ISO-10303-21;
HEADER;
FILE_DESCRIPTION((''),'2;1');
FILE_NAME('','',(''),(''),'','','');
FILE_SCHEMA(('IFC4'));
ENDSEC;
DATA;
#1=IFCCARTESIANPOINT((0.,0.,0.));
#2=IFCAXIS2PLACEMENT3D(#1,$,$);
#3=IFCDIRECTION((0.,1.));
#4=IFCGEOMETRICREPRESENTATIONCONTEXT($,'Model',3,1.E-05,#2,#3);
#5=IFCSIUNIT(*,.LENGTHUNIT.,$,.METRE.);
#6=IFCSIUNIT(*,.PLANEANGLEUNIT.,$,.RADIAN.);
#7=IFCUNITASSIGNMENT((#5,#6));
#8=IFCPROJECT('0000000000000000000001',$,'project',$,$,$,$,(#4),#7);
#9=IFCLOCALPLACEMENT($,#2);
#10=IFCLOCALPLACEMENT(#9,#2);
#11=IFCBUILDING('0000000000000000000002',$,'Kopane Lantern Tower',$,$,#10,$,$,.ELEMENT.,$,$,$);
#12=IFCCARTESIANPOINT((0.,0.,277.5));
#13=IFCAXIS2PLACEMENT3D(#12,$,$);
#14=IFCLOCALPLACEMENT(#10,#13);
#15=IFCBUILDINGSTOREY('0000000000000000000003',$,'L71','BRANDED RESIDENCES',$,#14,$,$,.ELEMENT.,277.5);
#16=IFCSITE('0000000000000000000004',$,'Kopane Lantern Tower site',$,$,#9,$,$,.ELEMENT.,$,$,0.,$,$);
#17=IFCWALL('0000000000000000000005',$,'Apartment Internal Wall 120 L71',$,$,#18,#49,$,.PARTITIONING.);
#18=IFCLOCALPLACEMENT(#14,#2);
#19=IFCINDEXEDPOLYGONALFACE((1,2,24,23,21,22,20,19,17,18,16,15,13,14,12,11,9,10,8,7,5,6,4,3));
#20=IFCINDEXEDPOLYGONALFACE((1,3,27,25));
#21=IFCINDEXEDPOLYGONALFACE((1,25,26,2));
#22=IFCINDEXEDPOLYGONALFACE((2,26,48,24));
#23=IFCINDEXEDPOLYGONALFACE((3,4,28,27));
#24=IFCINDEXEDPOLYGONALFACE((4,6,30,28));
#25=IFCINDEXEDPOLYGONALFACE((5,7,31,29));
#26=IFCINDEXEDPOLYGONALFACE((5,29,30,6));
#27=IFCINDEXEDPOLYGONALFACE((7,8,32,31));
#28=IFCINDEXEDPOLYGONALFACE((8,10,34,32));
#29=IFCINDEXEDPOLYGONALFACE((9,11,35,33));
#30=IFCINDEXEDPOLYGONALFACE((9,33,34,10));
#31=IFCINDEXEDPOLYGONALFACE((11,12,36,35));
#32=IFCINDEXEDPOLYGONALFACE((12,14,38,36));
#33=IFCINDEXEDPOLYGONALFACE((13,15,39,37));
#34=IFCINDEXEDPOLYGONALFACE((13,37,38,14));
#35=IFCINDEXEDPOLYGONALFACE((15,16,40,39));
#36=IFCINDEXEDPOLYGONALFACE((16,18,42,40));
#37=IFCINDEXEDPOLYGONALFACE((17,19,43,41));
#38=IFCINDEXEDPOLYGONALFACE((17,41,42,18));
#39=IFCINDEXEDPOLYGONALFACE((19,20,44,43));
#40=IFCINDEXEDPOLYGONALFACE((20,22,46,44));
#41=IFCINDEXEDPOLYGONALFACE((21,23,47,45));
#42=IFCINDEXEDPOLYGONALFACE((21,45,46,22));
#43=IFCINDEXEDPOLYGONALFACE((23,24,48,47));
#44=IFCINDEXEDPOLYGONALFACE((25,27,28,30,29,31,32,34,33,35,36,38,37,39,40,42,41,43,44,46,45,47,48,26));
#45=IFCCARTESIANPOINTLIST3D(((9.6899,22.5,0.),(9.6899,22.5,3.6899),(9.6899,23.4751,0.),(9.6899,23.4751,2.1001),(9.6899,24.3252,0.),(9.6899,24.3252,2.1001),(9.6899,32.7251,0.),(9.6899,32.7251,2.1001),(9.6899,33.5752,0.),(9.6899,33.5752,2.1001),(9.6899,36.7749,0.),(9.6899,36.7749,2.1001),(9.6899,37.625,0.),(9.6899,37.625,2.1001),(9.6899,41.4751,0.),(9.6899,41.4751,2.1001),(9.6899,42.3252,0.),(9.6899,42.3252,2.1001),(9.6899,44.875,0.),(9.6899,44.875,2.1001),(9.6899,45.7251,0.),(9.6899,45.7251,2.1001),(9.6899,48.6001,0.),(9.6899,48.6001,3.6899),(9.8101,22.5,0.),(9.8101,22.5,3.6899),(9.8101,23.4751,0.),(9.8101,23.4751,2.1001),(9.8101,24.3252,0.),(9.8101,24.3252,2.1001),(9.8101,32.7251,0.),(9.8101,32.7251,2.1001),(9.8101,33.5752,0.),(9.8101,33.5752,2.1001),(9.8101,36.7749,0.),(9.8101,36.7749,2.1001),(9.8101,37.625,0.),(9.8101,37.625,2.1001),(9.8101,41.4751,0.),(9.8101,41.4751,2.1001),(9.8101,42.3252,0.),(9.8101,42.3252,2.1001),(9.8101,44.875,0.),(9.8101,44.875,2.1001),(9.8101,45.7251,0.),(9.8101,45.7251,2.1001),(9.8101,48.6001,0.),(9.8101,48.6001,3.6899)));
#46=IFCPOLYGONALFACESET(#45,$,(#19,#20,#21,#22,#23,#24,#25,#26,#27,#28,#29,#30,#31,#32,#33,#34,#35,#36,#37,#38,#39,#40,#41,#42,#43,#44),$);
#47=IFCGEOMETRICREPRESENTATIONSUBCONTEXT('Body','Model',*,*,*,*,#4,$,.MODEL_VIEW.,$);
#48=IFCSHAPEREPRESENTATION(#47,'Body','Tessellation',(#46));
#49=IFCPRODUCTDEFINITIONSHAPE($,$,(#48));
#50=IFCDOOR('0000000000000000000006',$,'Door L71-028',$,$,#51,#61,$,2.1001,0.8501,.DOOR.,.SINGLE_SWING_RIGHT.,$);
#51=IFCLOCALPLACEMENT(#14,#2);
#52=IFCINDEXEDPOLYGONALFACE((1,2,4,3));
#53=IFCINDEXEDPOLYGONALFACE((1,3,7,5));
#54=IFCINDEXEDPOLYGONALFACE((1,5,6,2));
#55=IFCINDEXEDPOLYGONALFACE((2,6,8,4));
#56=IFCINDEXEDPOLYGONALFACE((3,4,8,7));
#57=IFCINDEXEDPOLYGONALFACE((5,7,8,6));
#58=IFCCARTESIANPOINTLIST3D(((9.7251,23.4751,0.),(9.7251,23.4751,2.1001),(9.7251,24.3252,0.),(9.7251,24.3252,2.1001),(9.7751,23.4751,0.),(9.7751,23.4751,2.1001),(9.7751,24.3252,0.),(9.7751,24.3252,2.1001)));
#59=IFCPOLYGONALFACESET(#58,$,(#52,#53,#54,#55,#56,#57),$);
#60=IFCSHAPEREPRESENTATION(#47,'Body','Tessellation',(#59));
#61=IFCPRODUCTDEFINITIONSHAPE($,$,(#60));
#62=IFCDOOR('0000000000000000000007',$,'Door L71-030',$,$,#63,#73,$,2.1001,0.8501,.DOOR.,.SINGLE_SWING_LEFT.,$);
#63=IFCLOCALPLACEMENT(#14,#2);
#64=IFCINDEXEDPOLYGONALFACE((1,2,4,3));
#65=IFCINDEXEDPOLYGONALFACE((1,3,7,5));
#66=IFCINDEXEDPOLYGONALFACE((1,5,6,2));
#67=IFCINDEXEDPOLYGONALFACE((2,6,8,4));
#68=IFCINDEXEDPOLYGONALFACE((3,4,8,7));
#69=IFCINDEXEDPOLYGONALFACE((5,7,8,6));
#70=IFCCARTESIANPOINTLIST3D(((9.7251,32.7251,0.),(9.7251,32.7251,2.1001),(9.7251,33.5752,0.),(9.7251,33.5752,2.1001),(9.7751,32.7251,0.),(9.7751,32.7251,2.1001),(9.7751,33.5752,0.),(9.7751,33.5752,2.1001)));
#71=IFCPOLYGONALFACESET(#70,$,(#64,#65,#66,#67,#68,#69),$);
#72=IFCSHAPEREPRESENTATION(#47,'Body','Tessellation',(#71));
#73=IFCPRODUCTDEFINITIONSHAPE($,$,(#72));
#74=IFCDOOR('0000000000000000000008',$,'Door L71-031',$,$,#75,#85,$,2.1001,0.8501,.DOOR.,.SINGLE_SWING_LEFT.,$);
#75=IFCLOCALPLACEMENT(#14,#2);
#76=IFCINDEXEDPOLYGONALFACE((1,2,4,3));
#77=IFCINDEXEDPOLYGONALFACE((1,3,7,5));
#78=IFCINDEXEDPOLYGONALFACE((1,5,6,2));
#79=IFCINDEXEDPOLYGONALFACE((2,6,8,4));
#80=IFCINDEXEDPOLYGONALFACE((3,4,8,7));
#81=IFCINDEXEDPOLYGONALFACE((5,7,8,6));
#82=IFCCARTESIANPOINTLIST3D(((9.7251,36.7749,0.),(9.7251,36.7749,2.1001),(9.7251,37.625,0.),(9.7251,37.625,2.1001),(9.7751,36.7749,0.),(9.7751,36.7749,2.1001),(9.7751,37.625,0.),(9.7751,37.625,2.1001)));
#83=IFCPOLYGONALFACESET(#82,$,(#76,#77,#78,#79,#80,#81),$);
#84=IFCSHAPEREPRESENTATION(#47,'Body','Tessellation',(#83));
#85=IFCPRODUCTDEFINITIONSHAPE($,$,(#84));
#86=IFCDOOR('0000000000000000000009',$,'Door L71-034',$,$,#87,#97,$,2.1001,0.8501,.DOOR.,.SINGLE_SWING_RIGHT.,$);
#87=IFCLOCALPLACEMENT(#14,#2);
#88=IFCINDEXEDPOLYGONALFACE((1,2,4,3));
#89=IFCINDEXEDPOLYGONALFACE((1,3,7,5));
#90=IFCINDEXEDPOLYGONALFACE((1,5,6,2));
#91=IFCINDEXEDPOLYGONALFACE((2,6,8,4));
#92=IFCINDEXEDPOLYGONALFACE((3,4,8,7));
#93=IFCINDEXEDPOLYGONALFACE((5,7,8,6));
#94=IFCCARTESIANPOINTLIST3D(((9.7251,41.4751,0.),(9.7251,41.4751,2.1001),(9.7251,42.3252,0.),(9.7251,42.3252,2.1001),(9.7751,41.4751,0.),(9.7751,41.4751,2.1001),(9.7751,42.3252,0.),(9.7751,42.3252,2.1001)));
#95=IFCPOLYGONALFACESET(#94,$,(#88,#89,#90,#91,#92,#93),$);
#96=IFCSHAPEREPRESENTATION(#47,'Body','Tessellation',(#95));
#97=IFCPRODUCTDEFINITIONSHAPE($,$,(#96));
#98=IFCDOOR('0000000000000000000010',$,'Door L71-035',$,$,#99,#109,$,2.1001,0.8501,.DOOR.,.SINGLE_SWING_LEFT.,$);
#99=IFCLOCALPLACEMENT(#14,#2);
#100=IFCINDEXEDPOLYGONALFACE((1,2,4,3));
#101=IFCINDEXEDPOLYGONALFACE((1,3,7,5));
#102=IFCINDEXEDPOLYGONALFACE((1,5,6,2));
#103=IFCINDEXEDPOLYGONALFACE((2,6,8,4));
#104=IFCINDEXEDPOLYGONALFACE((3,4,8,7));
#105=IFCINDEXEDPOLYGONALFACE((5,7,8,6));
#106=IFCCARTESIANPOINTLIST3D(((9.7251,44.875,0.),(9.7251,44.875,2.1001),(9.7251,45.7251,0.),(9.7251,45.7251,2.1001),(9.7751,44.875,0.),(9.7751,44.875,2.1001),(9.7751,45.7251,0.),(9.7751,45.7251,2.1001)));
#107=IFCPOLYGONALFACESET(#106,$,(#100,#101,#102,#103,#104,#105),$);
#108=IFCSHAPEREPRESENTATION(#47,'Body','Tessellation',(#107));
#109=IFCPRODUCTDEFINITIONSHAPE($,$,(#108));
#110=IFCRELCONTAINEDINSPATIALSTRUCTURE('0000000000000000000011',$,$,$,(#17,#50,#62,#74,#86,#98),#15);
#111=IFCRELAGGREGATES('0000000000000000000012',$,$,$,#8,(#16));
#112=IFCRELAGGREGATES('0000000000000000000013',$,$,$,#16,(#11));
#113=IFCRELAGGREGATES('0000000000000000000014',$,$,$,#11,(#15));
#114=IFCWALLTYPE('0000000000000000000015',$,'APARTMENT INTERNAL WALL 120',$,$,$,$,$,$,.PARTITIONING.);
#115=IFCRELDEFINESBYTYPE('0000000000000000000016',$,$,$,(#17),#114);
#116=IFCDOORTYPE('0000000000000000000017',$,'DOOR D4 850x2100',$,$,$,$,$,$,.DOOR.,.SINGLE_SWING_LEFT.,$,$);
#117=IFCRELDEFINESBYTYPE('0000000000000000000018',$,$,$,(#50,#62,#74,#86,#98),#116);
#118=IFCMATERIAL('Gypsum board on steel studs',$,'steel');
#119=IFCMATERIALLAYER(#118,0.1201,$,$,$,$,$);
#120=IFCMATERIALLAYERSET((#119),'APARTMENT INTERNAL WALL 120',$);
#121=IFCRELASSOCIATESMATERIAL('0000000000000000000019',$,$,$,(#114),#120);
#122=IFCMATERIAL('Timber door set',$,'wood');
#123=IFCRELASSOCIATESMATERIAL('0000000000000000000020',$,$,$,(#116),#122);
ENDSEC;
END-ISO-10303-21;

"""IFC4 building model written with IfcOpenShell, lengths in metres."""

from ifc_helpers import new_model, si_unit, direction, frame, frame_2d, origin, place, context, subcontext, project, spatial, rectangle, extrude, material, layer, layer_set, type_object, element, fill, save


model = new_model("IFC4")

# Units and contexts
model_context = context("Model", 3, precision=1e-05, world=origin(), true_north=direction((0.0, 1.0)))
body_context = subcontext(model_context, "Body", "Model", "MODEL_VIEW")
ifc_project = project(units=[si_unit("LENGTHUNIT", "METRE"), si_unit("PLANEANGLEUNIT", "RADIAN")], contexts=[model_context])

# Site, building, storey
site_placement = place(None, origin())
site = spatial("IfcSite", under=ifc_project, at=site_placement, Name="Kopane Lantern Tower site", CompositionType="ELEMENT", RefElevation=0.0)
building_placement = place(site_placement, origin())
building = spatial("IfcBuilding", under=site, at=building_placement, Name="Kopane Lantern Tower", CompositionType="ELEMENT")
storey_placement = place(building_placement, frame((0.0, 0.0, 277.5)))
storey = spatial("IfcBuildingStorey", under=building, at=storey_placement, Name="L71", Description="BRANDED RESIDENCES", CompositionType="ELEMENT", Elevation=277.5)

# Wall, openings, doors
ifc_material_1 = material(Name="Gypsum board on steel studs", Category="steel")
ifc_layer_1 = layer(ifc_material_1, 0.1201)
ifc_layer_set_1 = layer_set([ifc_layer_1], Name="APARTMENT INTERNAL WALL 120")
wall_type_1 = type_object("IfcWallType", Name="APARTMENT INTERNAL WALL 120", PredefinedType="PARTITIONING", material=ifc_layer_set_1)
wall_1_placement = place(storey_placement, frame((9.75, 22.5, 0.0), z_axis=(0.0, 0.0, 1.0), x_axis=(0.0, 1.0, 0.0)))
wall_1 = element("IfcWall", 1, at=wall_1_placement, inside=storey, type_object=wall_type_1, Name="Apartment Internal Wall 120 L71", PredefinedType="PARTITIONING", context=body_context, shape_type="SweptSolid", body=[
    extrude(rectangle(XDim=26.1001, YDim=0.1201, at=frame_2d((13.05, 0.0))), origin(), (0.0, 0.0, 1.0), 3.6899),
])
opening_1_placement = place(wall_1_placement, frame((0.9751, 0.0, 0.0)))
opening_1 = element("IfcOpeningElement", 2, at=opening_1_placement, cuts=wall_1, PredefinedType="OPENING", context=body_context, shape_type="SweptSolid", body=[
    extrude(rectangle(XDim=0.8501, YDim=2.1001, at=frame_2d((0.425, 1.05))), frame((0.0, 0.0701, 0.0), z_axis=(0.0, -1.0, 0.0), x_axis=(1.0, 0.0, 0.0)), (0.0, 0.0, 1.0), 0.1401),
])
opening_2_placement = place(wall_1_placement, frame((10.2251, 0.0, 0.0)))
opening_2 = element("IfcOpeningElement", 3, at=opening_2_placement, cuts=wall_1, PredefinedType="OPENING", context=body_context, shape_type="SweptSolid", body=[
    extrude(rectangle(XDim=0.8501, YDim=2.1001, at=frame_2d((0.425, 1.05))), frame((0.0, 0.0701, 0.0), z_axis=(0.0, -1.0, 0.0), x_axis=(1.0, 0.0, 0.0)), (0.0, 0.0, 1.0), 0.1401),
])
opening_3_placement = place(wall_1_placement, frame((14.2749, 0.0, 0.0)))
opening_3 = element("IfcOpeningElement", 4, at=opening_3_placement, cuts=wall_1, PredefinedType="OPENING", context=body_context, shape_type="SweptSolid", body=[
    extrude(rectangle(XDim=0.8501, YDim=2.1001, at=frame_2d((0.425, 1.05))), frame((0.0, 0.0701, 0.0), z_axis=(0.0, -1.0, 0.0), x_axis=(1.0, 0.0, 0.0)), (0.0, 0.0, 1.0), 0.1401),
])
opening_4_placement = place(wall_1_placement, frame((18.9751, 0.0, 0.0)))
opening_4 = element("IfcOpeningElement", 5, at=opening_4_placement, cuts=wall_1, PredefinedType="OPENING", context=body_context, shape_type="SweptSolid", body=[
    extrude(rectangle(XDim=0.8501, YDim=2.1001, at=frame_2d((0.425, 1.05))), frame((0.0, 0.0701, 0.0), z_axis=(0.0, -1.0, 0.0), x_axis=(1.0, 0.0, 0.0)), (0.0, 0.0, 1.0), 0.1401),
])
opening_5_placement = place(wall_1_placement, frame((22.375, 0.0, 0.0)))
opening_5 = element("IfcOpeningElement", 6, at=opening_5_placement, cuts=wall_1, PredefinedType="OPENING", context=body_context, shape_type="SweptSolid", body=[
    extrude(rectangle(XDim=0.8501, YDim=2.1001, at=frame_2d((0.425, 1.05))), frame((0.0, 0.0701, 0.0), z_axis=(0.0, -1.0, 0.0), x_axis=(1.0, 0.0, 0.0)), (0.0, 0.0, 1.0), 0.1401),
])
ifc_material_2 = material(Name="Timber door set", Category="wood")
door_type_1 = type_object("IfcDoorType", Name="DOOR D4 850x2100", OperationType="SINGLE_SWING_LEFT", PredefinedType="DOOR", material=ifc_material_2)
door_1_placement = place(opening_1_placement, origin())
door_1 = element("IfcDoor", 7, at=door_1_placement, inside=storey, type_object=door_type_1, Name="Door L71-028", OperationType="SINGLE_SWING_RIGHT", OverallHeight=2.1001, OverallWidth=0.8501, PredefinedType="DOOR", context=body_context, shape_type="SweptSolid", body=[
    extrude(rectangle(XDim=0.8501, YDim=2.1001, at=frame_2d((0.425, 1.05))), frame((0.0, 0.0249, 0.0), z_axis=(0.0, -1.0, 0.0), x_axis=(1.0, 0.0, 0.0)), (0.0, 0.0, 1.0), 0.05),
])
fill(opening_1, door_1)
door_2_placement = place(opening_2_placement, origin())
door_2 = element("IfcDoor", 8, at=door_2_placement, inside=storey, type_object=door_type_1, Name="Door L71-030", OperationType="SINGLE_SWING_LEFT", OverallHeight=2.1001, OverallWidth=0.8501, PredefinedType="DOOR", context=body_context, shape_type="SweptSolid", body=[
    extrude(rectangle(XDim=0.8501, YDim=2.1001, at=frame_2d((0.425, 1.05))), frame((0.0, 0.0249, 0.0), z_axis=(0.0, -1.0, 0.0), x_axis=(1.0, 0.0, 0.0)), (0.0, 0.0, 1.0), 0.05),
])
fill(opening_2, door_2)
door_3_placement = place(opening_3_placement, origin())
door_3 = element("IfcDoor", 9, at=door_3_placement, inside=storey, type_object=door_type_1, Name="Door L71-031", OperationType="SINGLE_SWING_LEFT", OverallHeight=2.1001, OverallWidth=0.8501, PredefinedType="DOOR", context=body_context, shape_type="SweptSolid", body=[
    extrude(rectangle(XDim=0.8501, YDim=2.1001, at=frame_2d((0.425, 1.05))), frame((0.0, 0.0249, 0.0), z_axis=(0.0, -1.0, 0.0), x_axis=(1.0, 0.0, 0.0)), (0.0, 0.0, 1.0), 0.05),
])
fill(opening_3, door_3)
door_4_placement = place(opening_4_placement, origin())
door_4 = element("IfcDoor", 10, at=door_4_placement, inside=storey, type_object=door_type_1, Name="Door L71-034", OperationType="SINGLE_SWING_RIGHT", OverallHeight=2.1001, OverallWidth=0.8501, PredefinedType="DOOR", context=body_context, shape_type="SweptSolid", body=[
    extrude(rectangle(XDim=0.8501, YDim=2.1001, at=frame_2d((0.425, 1.05))), frame((0.0, 0.0249, 0.0), z_axis=(0.0, -1.0, 0.0), x_axis=(1.0, 0.0, 0.0)), (0.0, 0.0, 1.0), 0.05),
])
fill(opening_4, door_4)
door_5_placement = place(opening_5_placement, origin())
door_5 = element("IfcDoor", 11, at=door_5_placement, inside=storey, type_object=door_type_1, Name="Door L71-035", OperationType="SINGLE_SWING_LEFT", OverallHeight=2.1001, OverallWidth=0.8501, PredefinedType="DOOR", context=body_context, shape_type="SweptSolid", body=[
    extrude(rectangle(XDim=0.8501, YDim=2.1001, at=frame_2d((0.425, 1.05))), frame((0.0, 0.0249, 0.0), z_axis=(0.0, -1.0, 0.0), x_axis=(1.0, 0.0, 0.0)), (0.0, 0.0, 1.0), 0.05),
])
fill(opening_5, door_5)

save(model, "model.ifc")
